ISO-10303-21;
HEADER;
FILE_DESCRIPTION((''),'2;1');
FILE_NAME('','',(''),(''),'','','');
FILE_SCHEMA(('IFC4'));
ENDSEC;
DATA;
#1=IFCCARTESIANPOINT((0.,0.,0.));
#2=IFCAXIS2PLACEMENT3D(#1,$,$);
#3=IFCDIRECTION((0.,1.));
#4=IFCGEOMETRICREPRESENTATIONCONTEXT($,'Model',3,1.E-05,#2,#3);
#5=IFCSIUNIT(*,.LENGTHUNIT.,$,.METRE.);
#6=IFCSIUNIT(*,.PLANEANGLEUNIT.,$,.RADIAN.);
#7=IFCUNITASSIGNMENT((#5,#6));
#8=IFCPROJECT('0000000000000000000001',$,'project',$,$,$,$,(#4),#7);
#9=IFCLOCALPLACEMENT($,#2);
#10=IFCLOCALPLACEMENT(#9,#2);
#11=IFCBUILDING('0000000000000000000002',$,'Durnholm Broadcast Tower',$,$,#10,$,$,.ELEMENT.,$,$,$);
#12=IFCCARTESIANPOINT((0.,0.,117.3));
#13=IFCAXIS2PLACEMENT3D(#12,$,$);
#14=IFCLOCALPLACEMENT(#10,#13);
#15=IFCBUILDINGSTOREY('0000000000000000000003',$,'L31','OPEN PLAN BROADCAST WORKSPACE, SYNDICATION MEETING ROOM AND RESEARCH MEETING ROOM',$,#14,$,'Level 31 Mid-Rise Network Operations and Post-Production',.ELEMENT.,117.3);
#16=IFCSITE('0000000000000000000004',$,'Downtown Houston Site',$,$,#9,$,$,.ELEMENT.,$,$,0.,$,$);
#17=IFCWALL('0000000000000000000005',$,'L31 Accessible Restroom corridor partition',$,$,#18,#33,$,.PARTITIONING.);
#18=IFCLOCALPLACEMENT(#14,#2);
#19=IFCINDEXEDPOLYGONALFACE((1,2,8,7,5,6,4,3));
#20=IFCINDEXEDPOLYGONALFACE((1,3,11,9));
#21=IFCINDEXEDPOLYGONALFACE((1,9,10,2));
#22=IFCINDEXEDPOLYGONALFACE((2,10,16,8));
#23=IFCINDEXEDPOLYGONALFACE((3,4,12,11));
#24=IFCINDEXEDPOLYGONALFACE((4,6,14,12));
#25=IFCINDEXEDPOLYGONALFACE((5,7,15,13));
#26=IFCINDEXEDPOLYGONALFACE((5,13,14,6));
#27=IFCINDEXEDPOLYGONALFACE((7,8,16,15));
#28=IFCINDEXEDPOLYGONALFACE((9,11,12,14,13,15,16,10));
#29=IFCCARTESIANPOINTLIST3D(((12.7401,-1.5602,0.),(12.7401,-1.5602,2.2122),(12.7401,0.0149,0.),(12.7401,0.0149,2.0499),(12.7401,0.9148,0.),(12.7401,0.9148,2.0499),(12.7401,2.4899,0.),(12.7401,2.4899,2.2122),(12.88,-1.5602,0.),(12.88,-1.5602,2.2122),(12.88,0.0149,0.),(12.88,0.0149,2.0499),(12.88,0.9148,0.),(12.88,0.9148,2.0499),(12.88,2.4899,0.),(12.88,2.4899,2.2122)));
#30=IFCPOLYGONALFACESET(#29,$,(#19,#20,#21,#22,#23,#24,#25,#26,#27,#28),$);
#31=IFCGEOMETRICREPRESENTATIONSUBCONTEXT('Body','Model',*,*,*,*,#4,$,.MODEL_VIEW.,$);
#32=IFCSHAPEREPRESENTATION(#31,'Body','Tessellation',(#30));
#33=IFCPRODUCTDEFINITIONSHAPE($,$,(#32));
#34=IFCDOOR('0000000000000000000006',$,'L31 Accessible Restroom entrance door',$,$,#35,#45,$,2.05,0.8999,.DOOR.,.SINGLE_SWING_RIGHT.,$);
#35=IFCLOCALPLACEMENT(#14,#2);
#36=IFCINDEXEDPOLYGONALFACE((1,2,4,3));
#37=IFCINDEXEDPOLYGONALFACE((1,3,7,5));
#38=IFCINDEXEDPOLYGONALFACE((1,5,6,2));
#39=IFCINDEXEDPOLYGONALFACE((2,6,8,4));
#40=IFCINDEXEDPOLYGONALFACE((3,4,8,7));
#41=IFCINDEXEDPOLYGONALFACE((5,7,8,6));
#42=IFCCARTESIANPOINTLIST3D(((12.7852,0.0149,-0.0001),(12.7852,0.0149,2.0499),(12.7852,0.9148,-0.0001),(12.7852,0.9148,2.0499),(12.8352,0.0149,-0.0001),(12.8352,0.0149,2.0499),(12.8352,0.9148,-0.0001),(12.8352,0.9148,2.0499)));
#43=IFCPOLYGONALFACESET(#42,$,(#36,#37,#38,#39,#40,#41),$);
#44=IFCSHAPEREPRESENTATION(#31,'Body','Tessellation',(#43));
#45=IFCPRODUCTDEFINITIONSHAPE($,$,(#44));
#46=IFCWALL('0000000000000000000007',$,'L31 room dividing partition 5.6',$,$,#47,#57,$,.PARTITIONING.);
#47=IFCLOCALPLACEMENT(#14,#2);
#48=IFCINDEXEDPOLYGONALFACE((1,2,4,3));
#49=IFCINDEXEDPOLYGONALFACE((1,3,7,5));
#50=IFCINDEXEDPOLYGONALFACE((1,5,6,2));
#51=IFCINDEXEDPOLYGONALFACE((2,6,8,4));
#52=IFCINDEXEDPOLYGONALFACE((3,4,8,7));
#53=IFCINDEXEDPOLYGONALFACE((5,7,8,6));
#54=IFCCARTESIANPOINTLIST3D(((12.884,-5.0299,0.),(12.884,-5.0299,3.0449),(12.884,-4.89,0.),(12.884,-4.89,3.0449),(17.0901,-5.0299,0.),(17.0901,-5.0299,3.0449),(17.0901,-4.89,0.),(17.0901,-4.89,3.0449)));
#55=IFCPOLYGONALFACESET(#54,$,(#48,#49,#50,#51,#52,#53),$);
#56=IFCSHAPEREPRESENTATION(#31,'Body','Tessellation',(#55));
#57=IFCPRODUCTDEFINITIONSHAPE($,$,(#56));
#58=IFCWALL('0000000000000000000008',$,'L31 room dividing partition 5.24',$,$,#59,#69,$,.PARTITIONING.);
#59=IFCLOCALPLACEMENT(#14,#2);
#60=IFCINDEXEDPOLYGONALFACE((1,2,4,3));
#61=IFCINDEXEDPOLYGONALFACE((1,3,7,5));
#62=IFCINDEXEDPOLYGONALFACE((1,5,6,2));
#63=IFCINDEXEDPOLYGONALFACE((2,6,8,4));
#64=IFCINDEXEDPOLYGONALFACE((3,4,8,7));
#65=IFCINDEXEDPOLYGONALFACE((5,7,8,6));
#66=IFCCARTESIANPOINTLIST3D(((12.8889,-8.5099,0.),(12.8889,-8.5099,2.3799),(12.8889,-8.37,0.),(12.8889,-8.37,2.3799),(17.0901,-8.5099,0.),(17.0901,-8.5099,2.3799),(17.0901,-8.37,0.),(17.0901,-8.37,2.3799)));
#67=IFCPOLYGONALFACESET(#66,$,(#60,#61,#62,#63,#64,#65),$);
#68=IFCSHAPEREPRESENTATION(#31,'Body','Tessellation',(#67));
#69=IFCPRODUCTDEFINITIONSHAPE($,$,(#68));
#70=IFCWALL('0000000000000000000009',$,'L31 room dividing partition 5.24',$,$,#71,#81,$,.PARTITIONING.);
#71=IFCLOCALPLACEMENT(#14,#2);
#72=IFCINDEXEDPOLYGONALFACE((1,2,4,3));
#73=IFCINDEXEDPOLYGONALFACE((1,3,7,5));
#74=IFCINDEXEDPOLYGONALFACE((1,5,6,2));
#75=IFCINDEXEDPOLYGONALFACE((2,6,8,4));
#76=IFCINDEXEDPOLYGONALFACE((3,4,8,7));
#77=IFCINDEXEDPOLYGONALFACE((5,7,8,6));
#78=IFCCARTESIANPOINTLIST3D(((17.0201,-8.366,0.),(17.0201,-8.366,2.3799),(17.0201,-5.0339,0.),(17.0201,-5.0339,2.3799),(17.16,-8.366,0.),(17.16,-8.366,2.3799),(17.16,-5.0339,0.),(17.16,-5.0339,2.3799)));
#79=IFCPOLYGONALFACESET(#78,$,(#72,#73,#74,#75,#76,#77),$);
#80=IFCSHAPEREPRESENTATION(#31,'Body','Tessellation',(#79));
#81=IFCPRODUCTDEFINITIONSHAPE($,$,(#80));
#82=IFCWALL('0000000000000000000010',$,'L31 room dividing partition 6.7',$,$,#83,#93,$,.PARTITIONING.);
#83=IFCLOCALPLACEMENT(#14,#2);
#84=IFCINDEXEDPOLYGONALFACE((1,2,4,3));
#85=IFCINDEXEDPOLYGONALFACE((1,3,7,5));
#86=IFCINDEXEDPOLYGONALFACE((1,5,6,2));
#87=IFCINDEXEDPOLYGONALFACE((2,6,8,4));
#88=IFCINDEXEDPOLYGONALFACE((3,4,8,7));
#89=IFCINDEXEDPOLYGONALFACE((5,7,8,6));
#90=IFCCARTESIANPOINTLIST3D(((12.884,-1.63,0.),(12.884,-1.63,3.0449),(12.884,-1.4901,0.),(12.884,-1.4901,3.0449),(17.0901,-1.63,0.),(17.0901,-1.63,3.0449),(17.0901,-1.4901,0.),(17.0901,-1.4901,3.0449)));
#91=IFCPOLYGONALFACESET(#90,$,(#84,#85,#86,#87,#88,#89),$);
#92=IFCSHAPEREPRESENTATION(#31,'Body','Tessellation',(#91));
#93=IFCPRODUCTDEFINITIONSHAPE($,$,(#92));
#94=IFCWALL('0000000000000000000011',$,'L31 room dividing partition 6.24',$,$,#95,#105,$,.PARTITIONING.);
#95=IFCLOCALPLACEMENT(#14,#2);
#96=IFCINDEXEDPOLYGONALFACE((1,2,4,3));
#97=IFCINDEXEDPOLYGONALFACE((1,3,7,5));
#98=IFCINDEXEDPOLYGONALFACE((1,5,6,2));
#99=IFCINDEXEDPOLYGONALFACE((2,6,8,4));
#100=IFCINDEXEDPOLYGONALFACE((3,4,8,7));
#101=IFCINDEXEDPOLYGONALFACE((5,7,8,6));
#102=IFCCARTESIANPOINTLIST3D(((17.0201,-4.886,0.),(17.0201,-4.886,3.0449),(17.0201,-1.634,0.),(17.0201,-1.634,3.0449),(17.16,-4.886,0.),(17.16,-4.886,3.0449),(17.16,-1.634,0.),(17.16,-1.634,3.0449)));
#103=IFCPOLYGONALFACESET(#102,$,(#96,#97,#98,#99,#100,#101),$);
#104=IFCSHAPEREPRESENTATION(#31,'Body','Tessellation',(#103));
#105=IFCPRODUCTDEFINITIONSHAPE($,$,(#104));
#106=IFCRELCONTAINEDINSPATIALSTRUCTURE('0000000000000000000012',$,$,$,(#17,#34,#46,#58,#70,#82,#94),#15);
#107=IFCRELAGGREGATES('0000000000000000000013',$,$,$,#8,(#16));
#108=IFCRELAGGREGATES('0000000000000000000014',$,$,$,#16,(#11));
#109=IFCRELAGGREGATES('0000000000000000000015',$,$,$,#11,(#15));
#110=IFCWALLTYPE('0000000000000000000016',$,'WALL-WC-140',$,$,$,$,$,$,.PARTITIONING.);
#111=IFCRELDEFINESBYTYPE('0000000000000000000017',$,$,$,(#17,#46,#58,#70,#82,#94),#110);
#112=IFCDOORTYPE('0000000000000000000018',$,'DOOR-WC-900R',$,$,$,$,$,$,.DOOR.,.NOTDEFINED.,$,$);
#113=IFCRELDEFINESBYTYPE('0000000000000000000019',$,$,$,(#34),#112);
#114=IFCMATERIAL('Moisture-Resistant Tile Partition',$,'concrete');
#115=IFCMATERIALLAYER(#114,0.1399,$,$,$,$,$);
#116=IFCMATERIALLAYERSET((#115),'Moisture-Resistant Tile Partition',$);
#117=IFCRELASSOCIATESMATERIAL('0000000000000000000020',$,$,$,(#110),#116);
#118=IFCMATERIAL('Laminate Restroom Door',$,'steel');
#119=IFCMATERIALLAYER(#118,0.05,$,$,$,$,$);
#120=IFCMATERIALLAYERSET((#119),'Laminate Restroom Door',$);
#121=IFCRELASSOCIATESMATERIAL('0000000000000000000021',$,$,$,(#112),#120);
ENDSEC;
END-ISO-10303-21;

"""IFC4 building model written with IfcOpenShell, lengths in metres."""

from ifc_helpers import new_model, si_unit, direction, frame, frame_2d, origin, place, context, subcontext, project, spatial, rectangle, extrude, source, transform, mapped, material, layer, layer_set, type_object, type_shapes, element, fill, save


model = new_model("IFC4")

# Units and contexts
model_context = context("Model", 3, precision=1e-05, world=origin(), true_north=direction((0.0, 1.0)))
body_context = subcontext(model_context, "Body", "Model", "MODEL_VIEW")
ifc_project = project(units=[si_unit("LENGTHUNIT", "METRE"), si_unit("PLANEANGLEUNIT", "RADIAN")], contexts=[model_context])

# Site, building, storey
site_placement = place(None, origin())
site = spatial("IfcSite", under=ifc_project, at=site_placement, Name="Downtown Houston Site", CompositionType="ELEMENT", RefElevation=0.0)
building_placement = place(site_placement, origin())
building = spatial("IfcBuilding", under=site, at=building_placement, Name="Durnholm Broadcast Tower", CompositionType="ELEMENT")
storey_placement = place(building_placement, frame((0.0, 0.0, 117.3)))
storey = spatial("IfcBuildingStorey", under=building, at=storey_placement, Name="L31", Description="OPEN PLAN BROADCAST WORKSPACE, SYNDICATION MEETING ROOM AND RESEARCH MEETING ROOM", LongName="Level 31 Mid-Rise Network Operations and Post-Production", CompositionType="ELEMENT", Elevation=117.3)

# Wall, opening, door
ifc_material_1 = material(Name="Moisture-Resistant Tile Partition", Category="concrete")
ifc_layer_1 = layer(ifc_material_1, 0.1399)
ifc_layer_set_1 = layer_set([ifc_layer_1], Name="Moisture-Resistant Tile Partition")
wall_type = type_object("IfcWallType", Name="WALL-WC-140", PredefinedType="PARTITIONING", material=ifc_layer_set_1)
ifc_material_2 = material(Name="Laminate Restroom Door", Category="steel")
ifc_layer_2 = layer(ifc_material_2, 0.05)
ifc_layer_set_2 = layer_set([ifc_layer_2], Name="Laminate Restroom Door")
door_type_1 = type_object("IfcDoorType", Name="DOOR-WC-900R", OperationType="NOTDEFINED", PredefinedType="DOOR", material=ifc_layer_set_2)
shared_shape_1 = source(origin(), body_context, "Body", "SweptSolid", [
    extrude(rectangle(XDim=0.8999, YDim=2.05, at=frame_2d((0.45, 1.0249))), frame((0.0, 0.0249, 0.0), z_axis=(0.0, -1.0, 0.0), x_axis=(1.0, 0.0, 0.0)), (0.0, 0.0, 1.0), 0.05),
])
type_shapes(door_type_1, [shared_shape_1])
wall_1_placement = place(storey_placement, frame((12.8101, -1.5601, 0.0), z_axis=(0.0, 0.0, 1.0), x_axis=(0.0, 1.0, 0.0)))
wall_1 = element("IfcWall", 1, at=wall_1_placement, inside=storey, type_object=wall_type, Name="L31 Accessible Restroom corridor partition", PredefinedType="PARTITIONING", context=body_context, shape_type="SweptSolid", body=[
    extrude(rectangle(XDim=4.05, YDim=0.1399, at=frame_2d((2.0249, 0.0))), origin(), (0.0, 0.0, 1.0), 2.2122),
])
opening_1_placement = place(wall_1_placement, frame((1.575, 0.0, 0.0)))
opening_1 = element("IfcOpeningElement", 2, at=opening_1_placement, cuts=wall_1, PredefinedType="OPENING", context=body_context, shape_type="SweptSolid", body=[
    extrude(rectangle(XDim=0.8999, YDim=2.05, at=frame_2d((0.45, 1.0249))), frame((0.0, 0.0801, 0.0), z_axis=(0.0, -1.0, 0.0), x_axis=(1.0, 0.0, 0.0)), (0.0, 0.0, 1.0), 0.1599),
])
door_1_placement = place(opening_1_placement, origin())
door_1 = element("IfcDoor", 3, at=door_1_placement, inside=storey, type_object=door_type_1, Name="L31 Accessible Restroom entrance door", OperationType="SINGLE_SWING_RIGHT", OverallHeight=2.05, OverallWidth=0.8999, PredefinedType="DOOR", context=body_context, shape_type="MappedRepresentation", body=[
    mapped(shared_shape_1, transform((0.0, 0.0, 0.0), x_axis=(1.0, 0.0, 0.0), y_axis=(0.0, 1.0, 0.0), z_axis=(0.0, 0.0, 1.0), scale=1.0)),
])
fill(opening_1, door_1)

# Walls
wall_2_placement = place(storey_placement, frame((12.884, -4.96, 0.0), z_axis=(0.0, 0.0, 1.0), x_axis=(1.0, 0.0, 0.0)))
element("IfcWall", 4, at=wall_2_placement, inside=storey, type_object=wall_type, Name="L31 room dividing partition 5.6", PredefinedType="PARTITIONING", context=body_context, shape_type="SweptSolid", body=[
    extrude(rectangle(XDim=4.2061, YDim=0.1399, at=frame_2d((2.103, 0.0))), origin(), (0.0, 0.0, 1.0), 3.0449),
])
wall_3_placement = place(storey_placement, frame((17.0901, -8.4399, 0.0), z_axis=(0.0, 0.0, 1.0), x_axis=(-1.0, 0.0, 0.0)))
element("IfcWall", 5, at=wall_3_placement, inside=storey, type_object=wall_type, Name="L31 room dividing partition 5.24", PredefinedType="PARTITIONING", context=body_context, shape_type="SweptSolid", body=[
    extrude(rectangle(XDim=4.2012, YDim=0.1399, at=frame_2d((2.1006, 0.0))), origin(), (0.0, 0.0, 1.0), 2.3799),
])
wall_4_placement = place(storey_placement, frame((17.0901, -5.0339, 0.0), z_axis=(0.0, 0.0, 1.0), x_axis=(0.0, -1.0, 0.0)))
element("IfcWall", 6, at=wall_4_placement, inside=storey, type_object=wall_type, Name="L31 room dividing partition 5.24", PredefinedType="PARTITIONING", context=body_context, shape_type="SweptSolid", body=[
    extrude(rectangle(XDim=3.332, YDim=0.1399, at=frame_2d((1.666, 0.0))), origin(), (0.0, 0.0, 1.0), 2.3799),
])
wall_5_placement = place(storey_placement, frame((12.884, -1.5601, 0.0), z_axis=(0.0, 0.0, 1.0), x_axis=(1.0, 0.0, 0.0)))
element("IfcWall", 7, at=wall_5_placement, inside=storey, type_object=wall_type, Name="L31 room dividing partition 6.7", PredefinedType="PARTITIONING", context=body_context, shape_type="SweptSolid", body=[
    extrude(rectangle(XDim=4.2061, YDim=0.1399, at=frame_2d((2.103, 0.0))), origin(), (0.0, 0.0, 1.0), 3.0449),
])
wall_6_placement = place(storey_placement, frame((17.0901, -1.634, 0.0), z_axis=(0.0, 0.0, 1.0), x_axis=(0.0, -1.0, 0.0)))
element("IfcWall", 8, at=wall_6_placement, inside=storey, type_object=wall_type, Name="L31 room dividing partition 6.24", PredefinedType="PARTITIONING", context=body_context, shape_type="SweptSolid", body=[
    extrude(rectangle(XDim=3.252, YDim=0.1399, at=frame_2d((1.626, 0.0))), origin(), (0.0, 0.0, 1.0), 3.0449),
])

save(model, "model.ifc")
